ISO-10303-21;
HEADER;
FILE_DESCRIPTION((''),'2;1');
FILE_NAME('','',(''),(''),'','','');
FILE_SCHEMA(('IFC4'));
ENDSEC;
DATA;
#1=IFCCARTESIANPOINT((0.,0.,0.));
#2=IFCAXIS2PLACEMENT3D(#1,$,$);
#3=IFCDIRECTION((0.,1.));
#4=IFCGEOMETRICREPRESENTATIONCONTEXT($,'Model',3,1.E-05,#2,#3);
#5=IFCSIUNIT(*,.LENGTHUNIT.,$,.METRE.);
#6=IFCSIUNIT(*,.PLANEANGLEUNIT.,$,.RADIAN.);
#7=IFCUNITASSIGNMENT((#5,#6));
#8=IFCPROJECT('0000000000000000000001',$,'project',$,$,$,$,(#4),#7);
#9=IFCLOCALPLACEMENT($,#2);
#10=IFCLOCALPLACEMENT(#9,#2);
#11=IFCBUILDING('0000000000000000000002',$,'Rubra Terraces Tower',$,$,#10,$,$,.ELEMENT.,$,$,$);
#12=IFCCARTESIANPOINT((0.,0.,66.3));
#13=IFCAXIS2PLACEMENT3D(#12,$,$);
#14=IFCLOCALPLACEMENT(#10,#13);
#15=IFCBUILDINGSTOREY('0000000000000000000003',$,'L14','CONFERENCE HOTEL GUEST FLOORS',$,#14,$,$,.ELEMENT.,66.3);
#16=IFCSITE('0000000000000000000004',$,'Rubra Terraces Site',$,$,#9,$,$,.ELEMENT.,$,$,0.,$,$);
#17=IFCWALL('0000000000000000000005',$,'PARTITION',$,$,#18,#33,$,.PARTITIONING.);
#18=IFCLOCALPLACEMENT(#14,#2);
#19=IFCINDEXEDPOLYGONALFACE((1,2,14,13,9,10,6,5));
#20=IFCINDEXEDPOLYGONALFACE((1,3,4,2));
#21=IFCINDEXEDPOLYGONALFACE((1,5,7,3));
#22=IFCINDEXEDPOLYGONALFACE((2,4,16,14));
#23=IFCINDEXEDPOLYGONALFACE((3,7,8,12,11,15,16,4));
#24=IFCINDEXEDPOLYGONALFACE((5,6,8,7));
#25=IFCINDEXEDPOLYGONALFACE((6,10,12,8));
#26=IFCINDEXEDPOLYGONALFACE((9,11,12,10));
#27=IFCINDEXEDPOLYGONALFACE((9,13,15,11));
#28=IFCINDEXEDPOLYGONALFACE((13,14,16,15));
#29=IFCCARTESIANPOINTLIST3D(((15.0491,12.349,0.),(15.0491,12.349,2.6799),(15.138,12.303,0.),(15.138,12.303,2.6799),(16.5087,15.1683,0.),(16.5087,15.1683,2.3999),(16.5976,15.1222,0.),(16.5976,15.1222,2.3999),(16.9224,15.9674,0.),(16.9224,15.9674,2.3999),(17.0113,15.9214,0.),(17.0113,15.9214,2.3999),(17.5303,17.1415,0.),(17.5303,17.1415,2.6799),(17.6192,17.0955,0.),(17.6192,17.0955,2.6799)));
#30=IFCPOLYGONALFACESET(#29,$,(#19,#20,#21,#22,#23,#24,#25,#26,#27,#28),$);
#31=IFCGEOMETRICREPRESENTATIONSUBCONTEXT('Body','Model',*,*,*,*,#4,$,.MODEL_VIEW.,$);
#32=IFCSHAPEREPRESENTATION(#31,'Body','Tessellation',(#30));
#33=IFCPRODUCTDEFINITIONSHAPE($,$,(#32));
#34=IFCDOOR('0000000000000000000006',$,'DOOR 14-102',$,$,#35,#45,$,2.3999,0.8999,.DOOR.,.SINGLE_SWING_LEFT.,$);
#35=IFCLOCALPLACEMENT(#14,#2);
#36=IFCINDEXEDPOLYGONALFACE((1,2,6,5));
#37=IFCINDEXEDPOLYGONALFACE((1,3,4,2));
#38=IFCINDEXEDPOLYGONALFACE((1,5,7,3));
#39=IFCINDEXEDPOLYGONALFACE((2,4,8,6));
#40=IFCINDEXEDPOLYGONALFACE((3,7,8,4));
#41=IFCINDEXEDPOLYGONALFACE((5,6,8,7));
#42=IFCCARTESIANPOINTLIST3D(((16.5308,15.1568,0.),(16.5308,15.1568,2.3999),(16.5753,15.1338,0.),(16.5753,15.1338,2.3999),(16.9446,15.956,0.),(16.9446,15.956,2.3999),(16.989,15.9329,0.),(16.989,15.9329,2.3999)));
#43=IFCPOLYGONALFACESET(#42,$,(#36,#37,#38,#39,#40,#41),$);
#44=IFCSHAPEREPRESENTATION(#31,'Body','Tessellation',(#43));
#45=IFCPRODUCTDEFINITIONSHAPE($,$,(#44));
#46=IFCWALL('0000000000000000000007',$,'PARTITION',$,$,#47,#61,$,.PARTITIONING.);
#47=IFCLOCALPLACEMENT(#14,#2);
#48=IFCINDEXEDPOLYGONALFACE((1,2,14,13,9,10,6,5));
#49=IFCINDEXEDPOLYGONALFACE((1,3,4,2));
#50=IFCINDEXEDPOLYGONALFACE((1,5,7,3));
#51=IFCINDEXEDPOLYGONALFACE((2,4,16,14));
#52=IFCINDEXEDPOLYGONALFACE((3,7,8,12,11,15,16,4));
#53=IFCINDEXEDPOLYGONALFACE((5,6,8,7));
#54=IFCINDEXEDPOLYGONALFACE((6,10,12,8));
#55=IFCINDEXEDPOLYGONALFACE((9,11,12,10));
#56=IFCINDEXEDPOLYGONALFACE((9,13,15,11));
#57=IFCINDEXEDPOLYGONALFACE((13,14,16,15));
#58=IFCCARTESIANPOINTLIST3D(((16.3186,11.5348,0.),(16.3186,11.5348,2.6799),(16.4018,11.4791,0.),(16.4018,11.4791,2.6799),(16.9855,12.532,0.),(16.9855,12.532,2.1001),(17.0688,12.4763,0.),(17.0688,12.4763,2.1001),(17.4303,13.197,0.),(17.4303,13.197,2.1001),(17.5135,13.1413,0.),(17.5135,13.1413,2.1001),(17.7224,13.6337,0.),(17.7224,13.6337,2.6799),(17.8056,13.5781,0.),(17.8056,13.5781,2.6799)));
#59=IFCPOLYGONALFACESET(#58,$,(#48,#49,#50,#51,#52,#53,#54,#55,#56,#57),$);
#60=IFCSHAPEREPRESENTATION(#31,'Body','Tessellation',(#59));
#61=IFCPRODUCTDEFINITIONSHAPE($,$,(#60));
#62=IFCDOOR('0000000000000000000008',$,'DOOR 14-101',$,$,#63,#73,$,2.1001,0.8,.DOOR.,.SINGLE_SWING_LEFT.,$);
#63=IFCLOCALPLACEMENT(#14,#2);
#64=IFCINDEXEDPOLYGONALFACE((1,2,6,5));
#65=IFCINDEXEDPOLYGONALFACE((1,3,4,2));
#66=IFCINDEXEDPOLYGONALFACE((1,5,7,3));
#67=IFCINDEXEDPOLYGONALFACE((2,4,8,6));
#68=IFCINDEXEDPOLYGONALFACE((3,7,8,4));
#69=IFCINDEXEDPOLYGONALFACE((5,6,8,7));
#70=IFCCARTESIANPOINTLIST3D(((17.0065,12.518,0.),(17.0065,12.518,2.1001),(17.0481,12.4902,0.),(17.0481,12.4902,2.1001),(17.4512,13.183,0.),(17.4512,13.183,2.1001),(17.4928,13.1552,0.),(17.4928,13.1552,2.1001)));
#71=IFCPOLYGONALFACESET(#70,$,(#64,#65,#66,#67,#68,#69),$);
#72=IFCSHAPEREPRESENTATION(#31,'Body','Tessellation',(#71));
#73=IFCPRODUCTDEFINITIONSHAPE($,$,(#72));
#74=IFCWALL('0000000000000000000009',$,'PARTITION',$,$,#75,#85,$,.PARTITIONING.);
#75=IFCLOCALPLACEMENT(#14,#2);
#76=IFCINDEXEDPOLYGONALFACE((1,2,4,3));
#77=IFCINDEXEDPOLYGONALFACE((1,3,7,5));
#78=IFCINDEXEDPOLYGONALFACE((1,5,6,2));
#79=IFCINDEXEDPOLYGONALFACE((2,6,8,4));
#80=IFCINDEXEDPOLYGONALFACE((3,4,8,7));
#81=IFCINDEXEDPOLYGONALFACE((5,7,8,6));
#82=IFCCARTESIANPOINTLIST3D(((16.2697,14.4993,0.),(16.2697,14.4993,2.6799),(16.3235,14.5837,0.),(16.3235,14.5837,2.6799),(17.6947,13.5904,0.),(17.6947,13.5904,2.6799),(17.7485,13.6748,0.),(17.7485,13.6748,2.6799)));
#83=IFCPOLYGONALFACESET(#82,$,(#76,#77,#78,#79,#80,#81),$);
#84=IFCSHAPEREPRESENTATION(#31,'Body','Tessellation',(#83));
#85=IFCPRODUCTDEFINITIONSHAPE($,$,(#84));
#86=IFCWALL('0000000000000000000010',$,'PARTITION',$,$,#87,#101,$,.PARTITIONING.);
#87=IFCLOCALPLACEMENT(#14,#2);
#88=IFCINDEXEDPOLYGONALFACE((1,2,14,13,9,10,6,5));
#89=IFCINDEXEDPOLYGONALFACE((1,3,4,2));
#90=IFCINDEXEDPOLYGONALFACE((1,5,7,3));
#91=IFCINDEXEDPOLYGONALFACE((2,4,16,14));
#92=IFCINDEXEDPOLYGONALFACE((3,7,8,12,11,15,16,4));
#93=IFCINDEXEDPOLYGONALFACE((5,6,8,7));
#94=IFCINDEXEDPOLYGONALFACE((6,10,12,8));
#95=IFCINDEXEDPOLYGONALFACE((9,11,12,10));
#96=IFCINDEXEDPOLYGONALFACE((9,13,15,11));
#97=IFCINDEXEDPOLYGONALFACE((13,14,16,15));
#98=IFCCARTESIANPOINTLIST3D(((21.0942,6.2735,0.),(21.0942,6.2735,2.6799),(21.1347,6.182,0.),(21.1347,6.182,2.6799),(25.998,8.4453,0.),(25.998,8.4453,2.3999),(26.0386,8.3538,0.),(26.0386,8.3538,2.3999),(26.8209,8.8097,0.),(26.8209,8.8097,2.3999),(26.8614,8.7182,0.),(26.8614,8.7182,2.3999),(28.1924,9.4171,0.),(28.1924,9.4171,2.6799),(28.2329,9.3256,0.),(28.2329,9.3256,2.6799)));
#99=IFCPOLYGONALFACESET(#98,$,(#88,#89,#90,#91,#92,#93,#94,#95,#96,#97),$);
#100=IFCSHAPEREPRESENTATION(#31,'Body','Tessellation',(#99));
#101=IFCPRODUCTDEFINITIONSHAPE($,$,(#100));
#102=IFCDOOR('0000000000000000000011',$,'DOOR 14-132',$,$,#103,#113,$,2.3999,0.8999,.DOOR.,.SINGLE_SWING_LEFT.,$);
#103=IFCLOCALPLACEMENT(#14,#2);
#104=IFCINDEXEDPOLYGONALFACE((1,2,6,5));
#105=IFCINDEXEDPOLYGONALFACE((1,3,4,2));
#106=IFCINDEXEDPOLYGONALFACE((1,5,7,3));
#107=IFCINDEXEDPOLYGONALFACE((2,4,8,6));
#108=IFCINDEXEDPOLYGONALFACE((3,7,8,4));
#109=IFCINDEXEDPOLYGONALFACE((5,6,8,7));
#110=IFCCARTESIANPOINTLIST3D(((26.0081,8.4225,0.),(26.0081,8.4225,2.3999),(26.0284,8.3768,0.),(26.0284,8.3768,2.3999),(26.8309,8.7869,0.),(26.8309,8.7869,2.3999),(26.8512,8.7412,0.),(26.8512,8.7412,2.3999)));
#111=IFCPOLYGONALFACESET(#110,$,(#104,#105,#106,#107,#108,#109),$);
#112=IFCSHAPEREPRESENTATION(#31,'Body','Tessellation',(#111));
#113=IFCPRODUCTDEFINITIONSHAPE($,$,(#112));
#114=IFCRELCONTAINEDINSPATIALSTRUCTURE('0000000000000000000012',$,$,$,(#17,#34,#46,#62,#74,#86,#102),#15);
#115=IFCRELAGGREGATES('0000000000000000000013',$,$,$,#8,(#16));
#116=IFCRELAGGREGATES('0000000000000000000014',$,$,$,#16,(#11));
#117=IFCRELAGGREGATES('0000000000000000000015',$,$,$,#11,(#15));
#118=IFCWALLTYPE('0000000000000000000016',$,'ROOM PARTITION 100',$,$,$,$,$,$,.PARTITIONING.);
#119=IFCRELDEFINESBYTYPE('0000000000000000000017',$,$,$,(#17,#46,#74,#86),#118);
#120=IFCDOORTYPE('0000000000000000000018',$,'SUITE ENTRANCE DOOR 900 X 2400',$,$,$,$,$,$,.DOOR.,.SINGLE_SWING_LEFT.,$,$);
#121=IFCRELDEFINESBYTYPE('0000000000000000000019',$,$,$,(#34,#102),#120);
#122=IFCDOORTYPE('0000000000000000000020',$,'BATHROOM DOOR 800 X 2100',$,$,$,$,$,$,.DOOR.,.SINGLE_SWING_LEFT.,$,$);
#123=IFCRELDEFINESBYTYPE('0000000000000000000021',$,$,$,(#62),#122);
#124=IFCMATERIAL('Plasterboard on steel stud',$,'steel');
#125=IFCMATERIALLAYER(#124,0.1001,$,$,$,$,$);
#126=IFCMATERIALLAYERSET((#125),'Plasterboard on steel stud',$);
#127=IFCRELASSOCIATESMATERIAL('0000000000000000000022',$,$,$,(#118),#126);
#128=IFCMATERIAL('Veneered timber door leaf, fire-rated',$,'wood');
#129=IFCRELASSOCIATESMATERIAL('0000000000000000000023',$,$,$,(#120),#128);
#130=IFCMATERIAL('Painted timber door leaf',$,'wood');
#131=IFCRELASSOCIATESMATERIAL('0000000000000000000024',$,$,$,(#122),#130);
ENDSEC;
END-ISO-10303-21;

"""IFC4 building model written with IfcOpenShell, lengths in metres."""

from ifc_helpers import new_model, si_unit, direction, frame, frame_2d, origin, place, context, subcontext, project, spatial, rectangle, extrude, material, layer, layer_set, type_object, element, fill, save


model = new_model("IFC4")

# Units and contexts
model_context = context("Model", 3, precision=1e-05, world=origin(), true_north=direction((0.0, 1.0)))
body_context = subcontext(model_context, "Body", "Model", "MODEL_VIEW")
ifc_project = project(units=[si_unit("LENGTHUNIT", "METRE"), si_unit("PLANEANGLEUNIT", "RADIAN")], contexts=[model_context])

# Site, building, storey
site_placement = place(None, origin())
site = spatial("IfcSite", under=ifc_project, at=site_placement, Name="Rubra Terraces Site", CompositionType="ELEMENT", RefElevation=0.0)
building_placement = place(site_placement, origin())
building = spatial("IfcBuilding", under=site, at=building_placement, Name="Rubra Terraces Tower", CompositionType="ELEMENT")
storey_placement = place(building_placement, frame((0.0, 0.0, 66.3)))
storey = spatial("IfcBuildingStorey", under=building, at=storey_placement, Name="L14", Description="CONFERENCE HOTEL GUEST FLOORS", CompositionType="ELEMENT", Elevation=66.3)

# Walls, openings, doors
ifc_material_1 = material(Name="Plasterboard on steel stud", Category="steel")
ifc_layer_1 = layer(ifc_material_1, 0.1001)
ifc_layer_set_1 = layer_set([ifc_layer_1], Name="Plasterboard on steel stud")
wall_type_1 = type_object("IfcWallType", Name="ROOM PARTITION 100", PredefinedType="PARTITIONING", material=ifc_layer_set_1)
wall_1_placement = place(storey_placement, frame((17.5747, 17.1184, 0.0), z_axis=(0.0, 0.0, 1.0), x_axis=(-0.459764, -0.888041, 0.0)))
wall_1 = element("IfcWall", 1, at=wall_1_placement, inside=storey, type_object=wall_type_1, Name="PARTITION", PredefinedType="PARTITIONING", context=body_context, shape_type="SweptSolid", body=[
    extrude(rectangle(XDim=5.3967, YDim=0.1001, at=frame_2d((2.6982, 0.0))), origin(), (0.0, 0.0, 1.0), 2.6799),
])
opening_1_placement = place(wall_1_placement, frame((1.322, 0.0, 0.0)))
opening_1 = element("IfcOpeningElement", 2, at=opening_1_placement, cuts=wall_1, PredefinedType="OPENING", context=body_context, shape_type="SweptSolid", body=[
    extrude(rectangle(XDim=0.8999, YDim=2.3999, at=frame_2d((0.45, 1.2))), frame((0.0, 0.0601, 0.0), z_axis=(0.0, -1.0, 0.0), x_axis=(1.0, 0.0, 0.0)), (0.0, 0.0, 1.0), 0.1201),
])
ifc_material_2 = material(Name="Veneered timber door leaf, fire-rated", Category="wood")
door_type_1 = type_object("IfcDoorType", Name="SUITE ENTRANCE DOOR 900 X 2400", OperationType="SINGLE_SWING_LEFT", PredefinedType="DOOR", material=ifc_material_2)
door_1_placement = place(opening_1_placement, origin())
door_1 = element("IfcDoor", 3, at=door_1_placement, inside=storey, type_object=door_type_1, Name="DOOR 14-102", OperationType="SINGLE_SWING_LEFT", OverallHeight=2.3999, OverallWidth=0.8999, PredefinedType="DOOR", context=body_context, shape_type="SweptSolid", body=[
    extrude(rectangle(XDim=0.8999, YDim=2.3999, at=frame_2d((0.45, 1.2))), frame((0.0, 0.0249, 0.0), z_axis=(0.0, -1.0, 0.0), x_axis=(1.0, 0.0, 0.0)), (0.0, 0.0, 1.0), 0.05),
])
fill(opening_1, door_1)
wall_2_placement = place(storey_placement, frame((16.3601, 11.5068, 0.0), z_axis=(0.0, 0.0, 1.0), x_axis=(0.555949, 0.831216, 0.0)))
wall_2 = element("IfcWall", 4, at=wall_2_placement, inside=storey, type_object=wall_type_1, Name="PARTITION", PredefinedType="PARTITIONING", context=body_context, shape_type="SweptSolid", body=[
    extrude(rectangle(XDim=2.5251, YDim=0.1001, at=frame_2d((1.2627, 0.0))), origin(), (0.0, 0.0, 1.0), 2.6799),
])
opening_2_placement = place(wall_2_placement, frame((1.2, 0.0, 0.0)))
opening_2 = element("IfcOpeningElement", 5, at=opening_2_placement, cuts=wall_2, PredefinedType="OPENING", context=body_context, shape_type="SweptSolid", body=[
    extrude(rectangle(XDim=0.8, YDim=2.1001, at=frame_2d((0.3999, 1.05))), frame((0.0, 0.0601, 0.0), z_axis=(0.0, -1.0, 0.0), x_axis=(1.0, 0.0, 0.0)), (0.0, 0.0, 1.0), 0.1201),
])
ifc_material_3 = material(Name="Painted timber door leaf", Category="wood")
door_type_2 = type_object("IfcDoorType", Name="BATHROOM DOOR 800 X 2100", OperationType="SINGLE_SWING_LEFT", PredefinedType="DOOR", material=ifc_material_3)
door_2_placement = place(opening_2_placement, origin())
door_2 = element("IfcDoor", 6, at=door_2_placement, inside=storey, type_object=door_type_2, Name="DOOR 14-101", OperationType="SINGLE_SWING_LEFT", OverallHeight=2.1001, OverallWidth=0.8, PredefinedType="DOOR", context=body_context, shape_type="SweptSolid", body=[
    extrude(rectangle(XDim=0.8, YDim=2.1001, at=frame_2d((0.3999, 1.05))), frame((0.0, 0.0249, 0.0), z_axis=(0.0, -1.0, 0.0), x_axis=(1.0, 0.0, 0.0)), (0.0, 0.0, 1.0), 0.05),
])
fill(opening_2, door_2)

# Wall
wall_3_placement = place(storey_placement, frame((17.7217, 13.6326, 0.0), z_axis=(0.0, 0.0, 1.0), x_axis=(-0.843102, 0.537754, 0.0)))
element("IfcWall", 7, at=wall_3_placement, inside=storey, type_object=wall_type_1, Name="PARTITION", PredefinedType="PARTITIONING", context=body_context, shape_type="SweptSolid", body=[
    extrude(rectangle(XDim=1.6902, YDim=0.1001, at=frame_2d((0.8452, 0.0))), origin(), (0.0, 0.0, 1.0), 2.6799),
])

# Wall, opening, door
wall_4_placement = place(storey_placement, frame((28.2126, 9.3713, 0.0), z_axis=(0.0, 0.0, 1.0), x_axis=(-0.914345, -0.404936, 0.0)))
wall_4 = element("IfcWall", 8, at=wall_4_placement, inside=storey, type_object=wall_type_1, Name="PARTITION", PredefinedType="PARTITIONING", context=body_context, shape_type="SweptSolid", body=[
    extrude(rectangle(XDim=7.7632, YDim=0.1001, at=frame_2d((3.8816, 0.0))), origin(), (0.0, 0.0, 1.0), 2.6799),
])
opening_3_placement = place(wall_4_placement, frame((1.5, 0.0, 0.0)))
opening_3 = element("IfcOpeningElement", 9, at=opening_3_placement, cuts=wall_4, PredefinedType="OPENING", context=body_context, shape_type="SweptSolid", body=[
    extrude(rectangle(XDim=0.8999, YDim=2.3999, at=frame_2d((0.45, 1.2))), frame((0.0, 0.0601, 0.0), z_axis=(0.0, -1.0, 0.0), x_axis=(1.0, 0.0, 0.0)), (0.0, 0.0, 1.0), 0.1201),
])
door_3_placement = place(opening_3_placement, origin())
door_3 = element("IfcDoor", 10, at=door_3_placement, inside=storey, type_object=door_type_1, Name="DOOR 14-132", OperationType="SINGLE_SWING_LEFT", OverallHeight=2.3999, OverallWidth=0.8999, PredefinedType="DOOR", context=body_context, shape_type="SweptSolid", body=[
    extrude(rectangle(XDim=0.8999, YDim=2.3999, at=frame_2d((0.45, 1.2))), frame((0.0, 0.0249, 0.0), z_axis=(0.0, -1.0, 0.0), x_axis=(1.0, 0.0, 0.0)), (0.0, 0.0, 1.0), 0.05),
])
fill(opening_3, door_3)

save(model, "model.ifc")
